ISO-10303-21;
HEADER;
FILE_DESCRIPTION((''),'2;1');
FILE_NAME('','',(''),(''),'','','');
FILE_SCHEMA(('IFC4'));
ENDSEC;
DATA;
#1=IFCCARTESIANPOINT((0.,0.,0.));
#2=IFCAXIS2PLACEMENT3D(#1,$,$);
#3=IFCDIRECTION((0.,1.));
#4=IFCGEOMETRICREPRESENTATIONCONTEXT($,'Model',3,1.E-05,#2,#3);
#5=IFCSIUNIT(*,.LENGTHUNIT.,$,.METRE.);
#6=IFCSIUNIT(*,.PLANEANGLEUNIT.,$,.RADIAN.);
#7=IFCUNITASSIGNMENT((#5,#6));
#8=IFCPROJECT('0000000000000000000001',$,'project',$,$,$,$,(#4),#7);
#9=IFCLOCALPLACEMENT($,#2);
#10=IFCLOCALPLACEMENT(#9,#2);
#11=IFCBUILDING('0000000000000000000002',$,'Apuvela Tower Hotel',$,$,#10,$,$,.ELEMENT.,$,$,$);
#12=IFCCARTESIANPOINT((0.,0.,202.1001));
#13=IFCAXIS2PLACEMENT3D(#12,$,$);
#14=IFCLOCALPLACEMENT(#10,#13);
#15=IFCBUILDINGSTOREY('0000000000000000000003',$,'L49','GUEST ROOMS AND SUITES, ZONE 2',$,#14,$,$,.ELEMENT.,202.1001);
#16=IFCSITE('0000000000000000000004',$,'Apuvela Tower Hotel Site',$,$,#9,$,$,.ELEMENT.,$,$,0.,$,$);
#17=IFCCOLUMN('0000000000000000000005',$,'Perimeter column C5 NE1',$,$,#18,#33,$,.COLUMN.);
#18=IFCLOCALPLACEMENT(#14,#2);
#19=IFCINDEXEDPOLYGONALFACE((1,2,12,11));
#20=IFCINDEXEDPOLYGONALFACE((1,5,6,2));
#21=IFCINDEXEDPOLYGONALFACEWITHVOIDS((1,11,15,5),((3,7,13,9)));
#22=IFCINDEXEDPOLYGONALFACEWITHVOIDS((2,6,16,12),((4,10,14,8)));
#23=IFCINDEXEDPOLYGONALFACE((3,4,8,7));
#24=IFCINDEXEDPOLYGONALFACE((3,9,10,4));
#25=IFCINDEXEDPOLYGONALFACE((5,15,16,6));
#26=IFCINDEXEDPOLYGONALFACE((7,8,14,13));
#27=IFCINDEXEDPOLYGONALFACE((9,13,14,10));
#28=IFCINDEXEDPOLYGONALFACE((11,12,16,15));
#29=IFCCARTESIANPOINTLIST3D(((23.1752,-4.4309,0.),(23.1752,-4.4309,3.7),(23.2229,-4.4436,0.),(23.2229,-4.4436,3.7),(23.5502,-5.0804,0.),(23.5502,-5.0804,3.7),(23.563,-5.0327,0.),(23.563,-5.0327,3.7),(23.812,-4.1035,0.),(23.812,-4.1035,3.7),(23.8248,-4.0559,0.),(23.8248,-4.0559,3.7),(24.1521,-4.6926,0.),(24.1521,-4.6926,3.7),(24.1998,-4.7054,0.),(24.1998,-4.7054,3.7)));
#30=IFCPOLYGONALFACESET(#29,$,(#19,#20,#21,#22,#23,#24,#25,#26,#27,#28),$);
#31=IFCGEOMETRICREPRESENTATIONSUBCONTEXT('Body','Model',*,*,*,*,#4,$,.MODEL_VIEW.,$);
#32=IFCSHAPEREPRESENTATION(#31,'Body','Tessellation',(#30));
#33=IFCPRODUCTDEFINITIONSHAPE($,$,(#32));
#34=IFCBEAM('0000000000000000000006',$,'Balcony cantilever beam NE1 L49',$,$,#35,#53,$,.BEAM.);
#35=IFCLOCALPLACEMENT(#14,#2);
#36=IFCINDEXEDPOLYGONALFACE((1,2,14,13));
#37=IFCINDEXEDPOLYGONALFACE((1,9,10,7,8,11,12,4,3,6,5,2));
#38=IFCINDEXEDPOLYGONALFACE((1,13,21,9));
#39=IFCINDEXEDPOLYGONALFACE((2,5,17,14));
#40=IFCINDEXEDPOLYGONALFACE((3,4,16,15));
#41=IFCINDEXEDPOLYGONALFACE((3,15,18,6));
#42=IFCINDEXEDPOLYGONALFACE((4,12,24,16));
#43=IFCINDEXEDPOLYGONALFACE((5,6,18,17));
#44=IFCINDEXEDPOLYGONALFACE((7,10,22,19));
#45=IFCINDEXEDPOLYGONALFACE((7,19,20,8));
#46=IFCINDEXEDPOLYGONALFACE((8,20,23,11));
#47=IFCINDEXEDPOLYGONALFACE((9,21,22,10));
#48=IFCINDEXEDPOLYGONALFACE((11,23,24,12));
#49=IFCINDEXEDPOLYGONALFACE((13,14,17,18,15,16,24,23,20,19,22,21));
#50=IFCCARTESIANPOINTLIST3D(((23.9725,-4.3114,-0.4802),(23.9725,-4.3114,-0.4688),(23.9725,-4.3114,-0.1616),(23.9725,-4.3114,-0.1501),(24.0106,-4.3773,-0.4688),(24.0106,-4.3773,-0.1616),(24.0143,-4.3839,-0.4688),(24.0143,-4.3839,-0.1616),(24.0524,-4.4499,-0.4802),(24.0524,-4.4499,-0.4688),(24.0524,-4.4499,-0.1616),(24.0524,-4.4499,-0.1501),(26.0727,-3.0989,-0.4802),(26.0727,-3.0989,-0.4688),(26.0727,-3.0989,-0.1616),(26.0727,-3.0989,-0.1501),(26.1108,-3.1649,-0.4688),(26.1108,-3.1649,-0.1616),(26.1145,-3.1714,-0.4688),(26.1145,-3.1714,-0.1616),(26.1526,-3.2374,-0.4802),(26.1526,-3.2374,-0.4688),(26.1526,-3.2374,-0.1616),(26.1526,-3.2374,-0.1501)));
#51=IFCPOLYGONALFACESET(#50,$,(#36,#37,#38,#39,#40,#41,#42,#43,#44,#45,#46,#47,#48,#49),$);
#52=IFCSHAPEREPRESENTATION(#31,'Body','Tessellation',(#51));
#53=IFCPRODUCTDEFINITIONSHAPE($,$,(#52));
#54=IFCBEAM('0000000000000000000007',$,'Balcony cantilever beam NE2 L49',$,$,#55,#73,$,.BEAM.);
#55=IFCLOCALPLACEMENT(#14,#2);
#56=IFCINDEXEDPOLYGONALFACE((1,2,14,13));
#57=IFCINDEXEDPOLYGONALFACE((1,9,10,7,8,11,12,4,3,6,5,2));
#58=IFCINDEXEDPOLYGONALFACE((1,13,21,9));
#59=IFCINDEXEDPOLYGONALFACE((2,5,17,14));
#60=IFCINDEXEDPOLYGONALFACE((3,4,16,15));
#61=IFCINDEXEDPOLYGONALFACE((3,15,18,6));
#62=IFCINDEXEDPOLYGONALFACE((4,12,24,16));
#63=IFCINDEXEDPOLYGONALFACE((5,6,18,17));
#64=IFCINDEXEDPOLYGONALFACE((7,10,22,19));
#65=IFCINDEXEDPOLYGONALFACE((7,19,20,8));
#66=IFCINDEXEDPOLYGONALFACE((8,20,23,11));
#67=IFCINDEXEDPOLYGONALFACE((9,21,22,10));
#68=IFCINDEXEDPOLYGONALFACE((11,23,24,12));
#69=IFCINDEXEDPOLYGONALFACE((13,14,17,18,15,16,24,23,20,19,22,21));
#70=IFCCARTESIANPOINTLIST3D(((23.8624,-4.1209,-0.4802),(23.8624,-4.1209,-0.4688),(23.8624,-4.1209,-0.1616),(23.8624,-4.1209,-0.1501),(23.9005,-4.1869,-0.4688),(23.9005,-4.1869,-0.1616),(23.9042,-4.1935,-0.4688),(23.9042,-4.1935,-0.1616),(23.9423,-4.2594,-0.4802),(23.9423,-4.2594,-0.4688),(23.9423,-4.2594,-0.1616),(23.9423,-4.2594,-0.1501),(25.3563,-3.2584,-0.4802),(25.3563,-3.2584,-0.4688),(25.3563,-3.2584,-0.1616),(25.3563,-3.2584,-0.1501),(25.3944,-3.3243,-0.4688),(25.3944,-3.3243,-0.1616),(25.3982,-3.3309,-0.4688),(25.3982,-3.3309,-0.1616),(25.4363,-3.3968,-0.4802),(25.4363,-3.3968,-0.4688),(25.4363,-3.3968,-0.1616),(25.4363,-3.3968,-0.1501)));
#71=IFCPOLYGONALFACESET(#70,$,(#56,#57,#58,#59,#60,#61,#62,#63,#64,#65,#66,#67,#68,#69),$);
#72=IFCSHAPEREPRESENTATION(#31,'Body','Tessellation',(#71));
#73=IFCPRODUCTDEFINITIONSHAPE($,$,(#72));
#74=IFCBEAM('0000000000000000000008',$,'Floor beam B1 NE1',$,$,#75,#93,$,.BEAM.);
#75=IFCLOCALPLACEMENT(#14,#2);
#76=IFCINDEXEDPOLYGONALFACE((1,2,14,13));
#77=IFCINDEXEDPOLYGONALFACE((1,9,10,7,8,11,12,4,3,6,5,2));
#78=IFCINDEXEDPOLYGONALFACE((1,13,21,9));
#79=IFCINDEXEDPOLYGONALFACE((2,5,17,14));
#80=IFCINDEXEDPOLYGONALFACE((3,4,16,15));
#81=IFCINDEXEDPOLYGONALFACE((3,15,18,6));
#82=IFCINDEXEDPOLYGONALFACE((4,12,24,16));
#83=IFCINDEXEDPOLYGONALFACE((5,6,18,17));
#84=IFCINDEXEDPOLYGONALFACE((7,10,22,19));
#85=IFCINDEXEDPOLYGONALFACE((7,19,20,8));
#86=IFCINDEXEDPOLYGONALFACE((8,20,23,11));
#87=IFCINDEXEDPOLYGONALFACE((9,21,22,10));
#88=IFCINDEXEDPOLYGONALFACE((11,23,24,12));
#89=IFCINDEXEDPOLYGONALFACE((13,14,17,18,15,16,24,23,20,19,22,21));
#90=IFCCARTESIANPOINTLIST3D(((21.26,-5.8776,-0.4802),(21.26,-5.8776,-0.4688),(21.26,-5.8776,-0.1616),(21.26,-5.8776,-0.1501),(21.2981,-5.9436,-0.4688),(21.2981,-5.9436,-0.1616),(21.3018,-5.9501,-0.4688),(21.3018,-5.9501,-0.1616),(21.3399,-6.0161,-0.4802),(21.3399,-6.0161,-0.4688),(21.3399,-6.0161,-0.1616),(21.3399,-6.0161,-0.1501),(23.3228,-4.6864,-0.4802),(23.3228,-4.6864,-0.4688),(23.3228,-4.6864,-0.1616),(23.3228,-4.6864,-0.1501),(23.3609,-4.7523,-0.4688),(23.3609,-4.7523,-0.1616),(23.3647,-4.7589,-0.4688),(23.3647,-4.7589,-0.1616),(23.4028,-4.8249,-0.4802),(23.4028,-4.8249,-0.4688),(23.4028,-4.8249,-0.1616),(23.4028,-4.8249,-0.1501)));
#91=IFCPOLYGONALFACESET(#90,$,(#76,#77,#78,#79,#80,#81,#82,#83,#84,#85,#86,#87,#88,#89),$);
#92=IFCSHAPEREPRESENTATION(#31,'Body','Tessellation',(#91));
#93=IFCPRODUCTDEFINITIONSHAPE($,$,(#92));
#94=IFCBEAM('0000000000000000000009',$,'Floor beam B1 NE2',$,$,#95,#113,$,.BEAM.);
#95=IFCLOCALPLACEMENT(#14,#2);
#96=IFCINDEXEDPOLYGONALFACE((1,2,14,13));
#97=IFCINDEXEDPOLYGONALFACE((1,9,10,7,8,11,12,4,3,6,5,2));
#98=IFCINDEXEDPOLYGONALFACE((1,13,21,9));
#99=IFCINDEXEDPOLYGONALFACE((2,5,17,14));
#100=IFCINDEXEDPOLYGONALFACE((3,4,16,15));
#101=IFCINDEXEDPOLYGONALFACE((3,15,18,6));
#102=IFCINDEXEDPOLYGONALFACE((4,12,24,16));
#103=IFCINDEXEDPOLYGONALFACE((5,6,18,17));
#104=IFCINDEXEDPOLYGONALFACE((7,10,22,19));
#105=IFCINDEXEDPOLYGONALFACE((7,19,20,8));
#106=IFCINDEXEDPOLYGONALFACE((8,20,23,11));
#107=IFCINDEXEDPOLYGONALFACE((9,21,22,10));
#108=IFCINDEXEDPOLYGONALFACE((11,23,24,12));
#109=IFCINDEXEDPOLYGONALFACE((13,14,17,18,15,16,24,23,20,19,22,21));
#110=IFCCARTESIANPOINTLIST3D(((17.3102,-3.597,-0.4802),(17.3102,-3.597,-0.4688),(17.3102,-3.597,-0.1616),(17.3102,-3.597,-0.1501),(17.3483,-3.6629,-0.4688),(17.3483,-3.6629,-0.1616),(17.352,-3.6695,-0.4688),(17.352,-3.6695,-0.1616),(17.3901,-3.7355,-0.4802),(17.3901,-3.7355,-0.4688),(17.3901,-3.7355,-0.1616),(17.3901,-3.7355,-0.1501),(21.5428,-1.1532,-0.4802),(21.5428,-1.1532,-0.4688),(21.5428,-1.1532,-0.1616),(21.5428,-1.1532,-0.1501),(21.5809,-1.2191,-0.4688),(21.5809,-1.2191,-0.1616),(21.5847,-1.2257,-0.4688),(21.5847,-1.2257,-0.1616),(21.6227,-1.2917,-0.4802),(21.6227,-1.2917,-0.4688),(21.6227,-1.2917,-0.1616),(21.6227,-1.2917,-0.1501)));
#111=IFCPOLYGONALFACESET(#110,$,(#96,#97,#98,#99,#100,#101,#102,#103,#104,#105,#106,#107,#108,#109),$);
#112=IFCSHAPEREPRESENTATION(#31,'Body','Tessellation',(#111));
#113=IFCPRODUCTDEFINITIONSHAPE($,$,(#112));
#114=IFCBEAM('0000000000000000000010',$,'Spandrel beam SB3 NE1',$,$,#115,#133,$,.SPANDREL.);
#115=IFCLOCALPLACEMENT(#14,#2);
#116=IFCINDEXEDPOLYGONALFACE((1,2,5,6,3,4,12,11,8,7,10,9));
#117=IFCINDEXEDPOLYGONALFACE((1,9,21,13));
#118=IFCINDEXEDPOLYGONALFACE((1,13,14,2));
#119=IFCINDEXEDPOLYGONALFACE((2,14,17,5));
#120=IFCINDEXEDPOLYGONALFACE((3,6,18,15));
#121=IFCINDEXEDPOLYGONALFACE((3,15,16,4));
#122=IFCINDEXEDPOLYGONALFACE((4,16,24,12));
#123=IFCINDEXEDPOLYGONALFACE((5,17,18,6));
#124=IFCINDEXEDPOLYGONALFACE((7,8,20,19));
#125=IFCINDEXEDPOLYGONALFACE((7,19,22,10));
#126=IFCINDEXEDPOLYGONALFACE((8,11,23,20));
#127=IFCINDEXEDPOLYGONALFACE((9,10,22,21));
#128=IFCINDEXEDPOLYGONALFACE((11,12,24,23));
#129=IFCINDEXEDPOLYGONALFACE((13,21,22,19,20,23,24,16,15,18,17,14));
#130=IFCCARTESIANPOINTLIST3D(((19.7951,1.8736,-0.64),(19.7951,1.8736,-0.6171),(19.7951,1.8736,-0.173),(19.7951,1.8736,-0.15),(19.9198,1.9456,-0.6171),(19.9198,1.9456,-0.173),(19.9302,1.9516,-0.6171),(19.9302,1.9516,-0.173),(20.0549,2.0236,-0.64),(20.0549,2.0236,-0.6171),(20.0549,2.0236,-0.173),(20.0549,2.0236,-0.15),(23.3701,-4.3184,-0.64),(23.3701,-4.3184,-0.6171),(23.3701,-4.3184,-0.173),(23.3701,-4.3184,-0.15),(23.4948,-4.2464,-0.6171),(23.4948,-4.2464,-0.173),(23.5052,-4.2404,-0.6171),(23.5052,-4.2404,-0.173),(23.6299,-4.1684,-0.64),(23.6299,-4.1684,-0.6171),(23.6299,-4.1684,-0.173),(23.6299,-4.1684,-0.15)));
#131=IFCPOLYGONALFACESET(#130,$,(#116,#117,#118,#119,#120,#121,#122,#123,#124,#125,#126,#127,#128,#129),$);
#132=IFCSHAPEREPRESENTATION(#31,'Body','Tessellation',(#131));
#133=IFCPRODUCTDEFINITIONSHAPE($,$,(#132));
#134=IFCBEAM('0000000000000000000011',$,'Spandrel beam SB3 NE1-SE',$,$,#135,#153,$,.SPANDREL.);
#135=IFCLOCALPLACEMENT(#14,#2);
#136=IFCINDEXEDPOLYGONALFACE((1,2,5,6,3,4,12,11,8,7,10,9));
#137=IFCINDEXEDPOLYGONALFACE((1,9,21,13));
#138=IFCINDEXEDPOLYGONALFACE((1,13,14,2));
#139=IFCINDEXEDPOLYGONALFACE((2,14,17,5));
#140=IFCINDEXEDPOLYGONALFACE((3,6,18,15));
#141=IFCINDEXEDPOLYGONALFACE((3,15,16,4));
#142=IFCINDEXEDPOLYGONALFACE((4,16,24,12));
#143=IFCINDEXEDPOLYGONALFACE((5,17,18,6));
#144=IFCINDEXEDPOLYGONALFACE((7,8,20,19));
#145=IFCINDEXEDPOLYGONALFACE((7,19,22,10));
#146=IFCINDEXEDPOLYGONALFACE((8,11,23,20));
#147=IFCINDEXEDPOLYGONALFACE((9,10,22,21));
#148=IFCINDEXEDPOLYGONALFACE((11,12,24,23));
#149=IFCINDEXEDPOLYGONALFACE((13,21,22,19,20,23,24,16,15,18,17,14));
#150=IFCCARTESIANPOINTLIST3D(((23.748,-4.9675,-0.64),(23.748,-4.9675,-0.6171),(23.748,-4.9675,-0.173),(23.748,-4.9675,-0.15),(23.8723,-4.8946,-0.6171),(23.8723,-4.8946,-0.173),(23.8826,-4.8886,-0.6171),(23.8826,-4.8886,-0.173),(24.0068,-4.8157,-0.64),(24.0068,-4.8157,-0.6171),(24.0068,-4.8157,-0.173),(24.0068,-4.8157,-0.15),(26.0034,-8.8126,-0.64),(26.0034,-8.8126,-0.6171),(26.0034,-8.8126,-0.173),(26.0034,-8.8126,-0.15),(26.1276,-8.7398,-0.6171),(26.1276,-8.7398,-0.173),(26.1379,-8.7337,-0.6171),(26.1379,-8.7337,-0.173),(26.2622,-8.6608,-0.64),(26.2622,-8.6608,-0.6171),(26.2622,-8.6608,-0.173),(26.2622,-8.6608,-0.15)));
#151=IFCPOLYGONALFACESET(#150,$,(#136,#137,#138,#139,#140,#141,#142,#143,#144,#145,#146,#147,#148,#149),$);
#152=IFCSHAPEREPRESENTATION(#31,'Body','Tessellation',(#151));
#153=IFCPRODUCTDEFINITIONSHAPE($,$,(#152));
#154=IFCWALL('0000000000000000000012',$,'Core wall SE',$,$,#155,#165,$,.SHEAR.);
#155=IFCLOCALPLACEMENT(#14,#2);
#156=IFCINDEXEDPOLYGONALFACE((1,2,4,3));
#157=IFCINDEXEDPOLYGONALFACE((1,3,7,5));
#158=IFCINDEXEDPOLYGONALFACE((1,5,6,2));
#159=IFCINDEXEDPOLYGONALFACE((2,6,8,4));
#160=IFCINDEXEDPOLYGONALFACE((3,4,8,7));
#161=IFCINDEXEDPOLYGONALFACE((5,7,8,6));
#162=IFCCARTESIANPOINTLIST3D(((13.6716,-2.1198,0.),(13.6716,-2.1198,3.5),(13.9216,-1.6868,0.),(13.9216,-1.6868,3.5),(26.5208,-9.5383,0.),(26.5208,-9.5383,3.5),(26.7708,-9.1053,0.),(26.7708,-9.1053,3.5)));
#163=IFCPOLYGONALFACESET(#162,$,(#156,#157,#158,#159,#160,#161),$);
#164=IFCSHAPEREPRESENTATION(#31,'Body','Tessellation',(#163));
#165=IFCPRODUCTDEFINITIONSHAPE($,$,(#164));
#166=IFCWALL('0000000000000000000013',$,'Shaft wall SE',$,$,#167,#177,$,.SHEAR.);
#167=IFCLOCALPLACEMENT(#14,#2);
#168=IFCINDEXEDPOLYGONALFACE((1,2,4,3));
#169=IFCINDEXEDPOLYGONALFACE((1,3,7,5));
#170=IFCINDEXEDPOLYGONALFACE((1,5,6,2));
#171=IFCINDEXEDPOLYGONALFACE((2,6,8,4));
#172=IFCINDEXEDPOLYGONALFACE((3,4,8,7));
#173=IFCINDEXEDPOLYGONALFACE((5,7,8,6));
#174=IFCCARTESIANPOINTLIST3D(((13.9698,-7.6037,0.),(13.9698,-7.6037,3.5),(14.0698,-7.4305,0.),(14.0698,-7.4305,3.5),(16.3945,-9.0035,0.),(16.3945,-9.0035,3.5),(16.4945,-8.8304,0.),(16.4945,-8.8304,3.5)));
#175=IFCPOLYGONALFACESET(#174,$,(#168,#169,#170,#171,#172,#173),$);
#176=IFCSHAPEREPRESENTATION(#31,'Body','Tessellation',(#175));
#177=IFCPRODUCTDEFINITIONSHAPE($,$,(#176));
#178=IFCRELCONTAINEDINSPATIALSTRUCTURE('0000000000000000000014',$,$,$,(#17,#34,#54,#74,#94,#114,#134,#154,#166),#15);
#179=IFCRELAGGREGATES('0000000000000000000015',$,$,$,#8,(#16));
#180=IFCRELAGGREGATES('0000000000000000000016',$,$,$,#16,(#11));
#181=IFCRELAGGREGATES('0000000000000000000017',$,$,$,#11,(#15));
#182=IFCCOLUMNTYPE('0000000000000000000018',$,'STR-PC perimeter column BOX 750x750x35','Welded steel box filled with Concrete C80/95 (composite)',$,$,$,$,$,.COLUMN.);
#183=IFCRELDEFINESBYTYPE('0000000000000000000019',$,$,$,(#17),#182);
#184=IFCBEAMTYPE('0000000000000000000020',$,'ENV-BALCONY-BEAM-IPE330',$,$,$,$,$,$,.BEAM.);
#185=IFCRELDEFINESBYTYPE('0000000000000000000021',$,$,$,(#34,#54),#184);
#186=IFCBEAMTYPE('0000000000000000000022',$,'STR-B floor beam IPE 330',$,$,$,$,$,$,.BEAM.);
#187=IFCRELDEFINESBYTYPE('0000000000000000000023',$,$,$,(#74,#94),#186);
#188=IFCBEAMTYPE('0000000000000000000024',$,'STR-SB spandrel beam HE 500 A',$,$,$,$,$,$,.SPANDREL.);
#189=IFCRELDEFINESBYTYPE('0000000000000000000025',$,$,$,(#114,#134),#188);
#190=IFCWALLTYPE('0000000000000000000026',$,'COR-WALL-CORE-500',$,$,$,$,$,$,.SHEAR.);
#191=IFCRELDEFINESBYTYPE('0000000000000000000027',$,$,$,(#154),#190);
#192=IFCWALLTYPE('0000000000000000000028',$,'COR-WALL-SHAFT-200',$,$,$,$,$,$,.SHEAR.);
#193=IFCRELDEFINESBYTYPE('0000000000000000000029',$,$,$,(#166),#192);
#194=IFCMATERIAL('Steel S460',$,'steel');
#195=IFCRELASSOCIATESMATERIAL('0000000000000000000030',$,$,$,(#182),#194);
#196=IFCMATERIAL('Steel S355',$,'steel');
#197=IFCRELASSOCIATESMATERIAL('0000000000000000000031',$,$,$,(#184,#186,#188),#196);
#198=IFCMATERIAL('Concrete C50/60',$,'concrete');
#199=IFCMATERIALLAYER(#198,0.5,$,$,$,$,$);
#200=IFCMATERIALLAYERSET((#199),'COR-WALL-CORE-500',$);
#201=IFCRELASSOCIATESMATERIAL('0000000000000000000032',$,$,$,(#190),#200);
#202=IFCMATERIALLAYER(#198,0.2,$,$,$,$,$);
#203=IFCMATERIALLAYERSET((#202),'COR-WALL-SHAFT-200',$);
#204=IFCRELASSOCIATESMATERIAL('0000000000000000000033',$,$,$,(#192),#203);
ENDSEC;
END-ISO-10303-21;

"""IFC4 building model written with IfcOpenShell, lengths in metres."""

from ifc_helpers import new_model, si_unit, direction, frame, frame_2d, origin, origin_2d, place, context, subcontext, project, spatial, rectangle, hollow_rectangle, i_section, extrude, material, layer, layer_set, material_profile, profile_set, type_object, element, save


model = new_model("IFC4")

# Units and contexts
model_context = context("Model", 3, precision=1e-05, world=origin(), true_north=direction((0.0, 1.0)))
body_context = subcontext(model_context, "Body", "Model", "MODEL_VIEW")
ifc_project = project(units=[si_unit("LENGTHUNIT", "METRE"), si_unit("PLANEANGLEUNIT", "RADIAN")], contexts=[model_context])

# Site, building, storey
site_placement = place(None, origin())
site = spatial("IfcSite", under=ifc_project, at=site_placement, Name="Apuvela Tower Hotel Site", CompositionType="ELEMENT", RefElevation=0.0)
building_placement = place(site_placement, origin())
building = spatial("IfcBuilding", under=site, at=building_placement, Name="Apuvela Tower Hotel", CompositionType="ELEMENT")
storey_placement = place(building_placement, frame((0.0, 0.0, 202.1001)))
storey = spatial("IfcBuildingStorey", under=building, at=storey_placement, Name="L49", Description="GUEST ROOMS AND SUITES, ZONE 2", CompositionType="ELEMENT", Elevation=202.1001)

# Column
ifc_material_1 = material(Name="Steel S460", Category="steel")
ifc_material_profile_1 = material_profile(ifc_material_1, hollow_rectangle(XDim=0.75, YDim=0.75, WallThickness=0.0349, at=origin_2d()), Name="BOX 750x750x35")
ifc_material_2 = material(Name="Concrete C80/95", Category="concrete")
ifc_material_profile_2 = material_profile(ifc_material_2, rectangle(XDim=0.6799, YDim=0.6799, at=origin_2d()), Name="Concrete C80/95 infill")
ifc_profile_set_1 = profile_set([ifc_material_profile_1, ifc_material_profile_2], Name="Steel S460")
column_type = type_object("IfcColumnType", Name="STR-PC perimeter column BOX 750x750x35", Description="Welded steel box filled with Concrete C80/95 (composite)", PredefinedType="COLUMN", material=ifc_profile_set_1)
column_placement = place(storey_placement, frame((23.6875, -4.5681, 0.0), z_axis=(0.0, 0.0, 1.0), x_axis=(-0.5, 0.866025, 0.0)))
element("IfcColumn", 1, at=column_placement, inside=storey, type_object=column_type, Name="Perimeter column C5 NE1", PredefinedType="COLUMN", context=body_context, shape_type="SweptSolid", body=[
    extrude(hollow_rectangle(XDim=0.75, YDim=0.75, WallThickness=0.0349, at=origin_2d()), origin(), (0.0, 0.0, 1.0), 3.7),
])

# Beams
ifc_material_3 = material(Name="Steel S355", Category="steel")
ifc_material_profile_3 = material_profile(ifc_material_3, i_section(OverallWidth=0.1599, OverallDepth=0.3301, WebThickness=0.0076, FlangeThickness=0.0115, at=origin_2d()), Name="IPE 330")
ifc_profile_set_2 = profile_set([ifc_material_profile_3], Name="Steel S355")
beam_type_1 = type_object("IfcBeamType", Name="ENV-BALCONY-BEAM-IPE330", PredefinedType="BEAM", material=ifc_profile_set_2)
beam_1_placement = place(storey_placement, frame((24.0125, -4.3806, -0.3152), z_axis=(0.866041, 0.499972, 0.0), x_axis=(-0.499972, 0.866041, 0.0)))
element("IfcBeam", 2, at=beam_1_placement, inside=storey, type_object=beam_type_1, Name="Balcony cantilever beam NE1 L49", PredefinedType="BEAM", context=body_context, shape_type="SweptSolid", body=[
    extrude(i_section(OverallWidth=0.1599, OverallDepth=0.3301, WebThickness=0.0076, FlangeThickness=0.0115, at=origin_2d()), origin(), (0.0, 0.0, 1.0), 2.425),
])
beam_2_placement = place(storey_placement, frame((23.9023, -4.1902, -0.3152), z_axis=(0.866014, 0.500021, 0.0), x_axis=(-0.500021, 0.866014, 0.0)))
element("IfcBeam", 3, at=beam_2_placement, inside=storey, type_object=beam_type_1, Name="Balcony cantilever beam NE2 L49", PredefinedType="BEAM", context=body_context, shape_type="SweptSolid", body=[
    extrude(i_section(OverallWidth=0.1599, OverallDepth=0.3301, WebThickness=0.0076, FlangeThickness=0.0115, at=origin_2d()), origin(), (0.0, 0.0, 1.0), 1.7251),
])
ifc_material_profile_4 = material_profile(ifc_material_3, i_section(OverallWidth=0.1599, OverallDepth=0.3301, WebThickness=0.0076, FlangeThickness=0.0115, at=origin_2d()), Name="IPE 330")
ifc_profile_set_3 = profile_set([ifc_material_profile_4], Name="Steel S355")
beam_type_2 = type_object("IfcBeamType", Name="STR-B floor beam IPE 330", PredefinedType="BEAM", material=ifc_profile_set_3)
beam_3_placement = place(storey_placement, frame((23.3628, -4.7556, -0.3152), z_axis=(-0.865982, -0.500074, 0.0), x_axis=(0.500074, -0.865982, 0.0)))
element("IfcBeam", 4, at=beam_3_placement, inside=storey, type_object=beam_type_2, Name="Floor beam B1 NE1", PredefinedType="BEAM", context=body_context, shape_type="SweptSolid", body=[
    extrude(i_section(OverallWidth=0.1599, OverallDepth=0.3301, WebThickness=0.0076, FlangeThickness=0.0115, at=origin_2d()), origin(), (0.0, 0.0, 1.0), 2.3821),
])
beam_4_placement = place(storey_placement, frame((21.5828, -1.2224, -0.3152), z_axis=(-0.866015, -0.500018, 0.0), x_axis=(0.500018, -0.866015, 0.0)))
element("IfcBeam", 5, at=beam_4_placement, inside=storey, type_object=beam_type_2, Name="Floor beam B1 NE2", PredefinedType="BEAM", context=body_context, shape_type="SweptSolid", body=[
    extrude(i_section(OverallWidth=0.1599, OverallDepth=0.3301, WebThickness=0.0076, FlangeThickness=0.0115, at=origin_2d()), origin(), (0.0, 0.0, 1.0), 4.8875),
])
ifc_material_profile_5 = material_profile(ifc_material_3, i_section(OverallWidth=0.3, OverallDepth=0.49, WebThickness=0.012, FlangeThickness=0.0229, at=origin_2d()), Name="HE 500 A")
ifc_profile_set_4 = profile_set([ifc_material_profile_5], Name="Steel S355")
beam_type_3 = type_object("IfcBeamType", Name="STR-SB spandrel beam HE 500 A", PredefinedType="SPANDREL", material=ifc_profile_set_4)
beam_5_placement = place(storey_placement, frame((23.5, -4.2434, -0.395), z_axis=(-0.500006, 0.866022, 0.0), x_axis=(-0.866022, -0.500006, 0.0)))
element("IfcBeam", 6, at=beam_5_placement, inside=storey, type_object=beam_type_3, Name="Spandrel beam SB3 NE1", PredefinedType="SPANDREL", context=body_context, shape_type="SweptSolid", body=[
    extrude(i_section(OverallWidth=0.3, OverallDepth=0.49, WebThickness=0.012, FlangeThickness=0.0229, at=origin_2d()), origin(), (0.0, 0.0, 1.0), 7.1499),
])
beam_6_placement = place(storey_placement, frame((23.8774, -4.8916, -0.395), z_axis=(0.505933, -0.862573, 0.0), x_axis=(0.862573, 0.505933, 0.0)))
element("IfcBeam", 7, at=beam_6_placement, inside=storey, type_object=beam_type_3, Name="Spandrel beam SB3 NE1-SE", PredefinedType="SPANDREL", context=body_context, shape_type="SweptSolid", body=[
    extrude(i_section(OverallWidth=0.3, OverallDepth=0.49, WebThickness=0.012, FlangeThickness=0.0229, at=origin_2d()), origin(), (0.0, 0.0, 1.0), 4.4578),
])

# Walls
ifc_material_4 = material(Name="Concrete C50/60", Category="concrete")
ifc_layer_1 = layer(ifc_material_4, 0.5)
ifc_layer_set_1 = layer_set([ifc_layer_1], Name="COR-WALL-CORE-500")
wall_type_1 = type_object("IfcWallType", Name="COR-WALL-CORE-500", PredefinedType="SHEAR", material=ifc_layer_set_1)
wall_1_placement = place(storey_placement, frame((13.7966, -1.9033, 0.0), z_axis=(0.0, 0.0, 1.0), x_axis=(0.866025, -0.500001, 0.0)))
element("IfcWall", 8, at=wall_1_placement, inside=storey, type_object=wall_type_1, Name="Core wall SE", PredefinedType="SHEAR", context=body_context, shape_type="SweptSolid", body=[
    extrude(rectangle(XDim=14.8369, YDim=0.5, at=frame_2d((7.4185, 0.0))), origin(), (0.0, 0.0, 1.0), 3.5),
])
ifc_layer_2 = layer(ifc_material_4, 0.2)
ifc_layer_set_2 = layer_set([ifc_layer_2], Name="COR-WALL-SHAFT-200")
wall_type_2 = type_object("IfcWallType", Name="COR-WALL-SHAFT-200", PredefinedType="SHEAR", material=ifc_layer_set_2)
wall_2_placement = place(storey_placement, frame((14.0198, -7.5171, 0.0), z_axis=(0.0, 0.0, 1.0), x_axis=(0.866035, -0.499984, 0.0)))
element("IfcWall", 9, at=wall_2_placement, inside=storey, type_object=wall_type_2, Name="Shaft wall SE", PredefinedType="SHEAR", context=body_context, shape_type="SweptSolid", body=[
    extrude(rectangle(XDim=2.7998, YDim=0.2, at=frame_2d((1.3999, 0.0))), origin(), (0.0, 0.0, 1.0), 3.5),
])

save(model, "model.ifc")
